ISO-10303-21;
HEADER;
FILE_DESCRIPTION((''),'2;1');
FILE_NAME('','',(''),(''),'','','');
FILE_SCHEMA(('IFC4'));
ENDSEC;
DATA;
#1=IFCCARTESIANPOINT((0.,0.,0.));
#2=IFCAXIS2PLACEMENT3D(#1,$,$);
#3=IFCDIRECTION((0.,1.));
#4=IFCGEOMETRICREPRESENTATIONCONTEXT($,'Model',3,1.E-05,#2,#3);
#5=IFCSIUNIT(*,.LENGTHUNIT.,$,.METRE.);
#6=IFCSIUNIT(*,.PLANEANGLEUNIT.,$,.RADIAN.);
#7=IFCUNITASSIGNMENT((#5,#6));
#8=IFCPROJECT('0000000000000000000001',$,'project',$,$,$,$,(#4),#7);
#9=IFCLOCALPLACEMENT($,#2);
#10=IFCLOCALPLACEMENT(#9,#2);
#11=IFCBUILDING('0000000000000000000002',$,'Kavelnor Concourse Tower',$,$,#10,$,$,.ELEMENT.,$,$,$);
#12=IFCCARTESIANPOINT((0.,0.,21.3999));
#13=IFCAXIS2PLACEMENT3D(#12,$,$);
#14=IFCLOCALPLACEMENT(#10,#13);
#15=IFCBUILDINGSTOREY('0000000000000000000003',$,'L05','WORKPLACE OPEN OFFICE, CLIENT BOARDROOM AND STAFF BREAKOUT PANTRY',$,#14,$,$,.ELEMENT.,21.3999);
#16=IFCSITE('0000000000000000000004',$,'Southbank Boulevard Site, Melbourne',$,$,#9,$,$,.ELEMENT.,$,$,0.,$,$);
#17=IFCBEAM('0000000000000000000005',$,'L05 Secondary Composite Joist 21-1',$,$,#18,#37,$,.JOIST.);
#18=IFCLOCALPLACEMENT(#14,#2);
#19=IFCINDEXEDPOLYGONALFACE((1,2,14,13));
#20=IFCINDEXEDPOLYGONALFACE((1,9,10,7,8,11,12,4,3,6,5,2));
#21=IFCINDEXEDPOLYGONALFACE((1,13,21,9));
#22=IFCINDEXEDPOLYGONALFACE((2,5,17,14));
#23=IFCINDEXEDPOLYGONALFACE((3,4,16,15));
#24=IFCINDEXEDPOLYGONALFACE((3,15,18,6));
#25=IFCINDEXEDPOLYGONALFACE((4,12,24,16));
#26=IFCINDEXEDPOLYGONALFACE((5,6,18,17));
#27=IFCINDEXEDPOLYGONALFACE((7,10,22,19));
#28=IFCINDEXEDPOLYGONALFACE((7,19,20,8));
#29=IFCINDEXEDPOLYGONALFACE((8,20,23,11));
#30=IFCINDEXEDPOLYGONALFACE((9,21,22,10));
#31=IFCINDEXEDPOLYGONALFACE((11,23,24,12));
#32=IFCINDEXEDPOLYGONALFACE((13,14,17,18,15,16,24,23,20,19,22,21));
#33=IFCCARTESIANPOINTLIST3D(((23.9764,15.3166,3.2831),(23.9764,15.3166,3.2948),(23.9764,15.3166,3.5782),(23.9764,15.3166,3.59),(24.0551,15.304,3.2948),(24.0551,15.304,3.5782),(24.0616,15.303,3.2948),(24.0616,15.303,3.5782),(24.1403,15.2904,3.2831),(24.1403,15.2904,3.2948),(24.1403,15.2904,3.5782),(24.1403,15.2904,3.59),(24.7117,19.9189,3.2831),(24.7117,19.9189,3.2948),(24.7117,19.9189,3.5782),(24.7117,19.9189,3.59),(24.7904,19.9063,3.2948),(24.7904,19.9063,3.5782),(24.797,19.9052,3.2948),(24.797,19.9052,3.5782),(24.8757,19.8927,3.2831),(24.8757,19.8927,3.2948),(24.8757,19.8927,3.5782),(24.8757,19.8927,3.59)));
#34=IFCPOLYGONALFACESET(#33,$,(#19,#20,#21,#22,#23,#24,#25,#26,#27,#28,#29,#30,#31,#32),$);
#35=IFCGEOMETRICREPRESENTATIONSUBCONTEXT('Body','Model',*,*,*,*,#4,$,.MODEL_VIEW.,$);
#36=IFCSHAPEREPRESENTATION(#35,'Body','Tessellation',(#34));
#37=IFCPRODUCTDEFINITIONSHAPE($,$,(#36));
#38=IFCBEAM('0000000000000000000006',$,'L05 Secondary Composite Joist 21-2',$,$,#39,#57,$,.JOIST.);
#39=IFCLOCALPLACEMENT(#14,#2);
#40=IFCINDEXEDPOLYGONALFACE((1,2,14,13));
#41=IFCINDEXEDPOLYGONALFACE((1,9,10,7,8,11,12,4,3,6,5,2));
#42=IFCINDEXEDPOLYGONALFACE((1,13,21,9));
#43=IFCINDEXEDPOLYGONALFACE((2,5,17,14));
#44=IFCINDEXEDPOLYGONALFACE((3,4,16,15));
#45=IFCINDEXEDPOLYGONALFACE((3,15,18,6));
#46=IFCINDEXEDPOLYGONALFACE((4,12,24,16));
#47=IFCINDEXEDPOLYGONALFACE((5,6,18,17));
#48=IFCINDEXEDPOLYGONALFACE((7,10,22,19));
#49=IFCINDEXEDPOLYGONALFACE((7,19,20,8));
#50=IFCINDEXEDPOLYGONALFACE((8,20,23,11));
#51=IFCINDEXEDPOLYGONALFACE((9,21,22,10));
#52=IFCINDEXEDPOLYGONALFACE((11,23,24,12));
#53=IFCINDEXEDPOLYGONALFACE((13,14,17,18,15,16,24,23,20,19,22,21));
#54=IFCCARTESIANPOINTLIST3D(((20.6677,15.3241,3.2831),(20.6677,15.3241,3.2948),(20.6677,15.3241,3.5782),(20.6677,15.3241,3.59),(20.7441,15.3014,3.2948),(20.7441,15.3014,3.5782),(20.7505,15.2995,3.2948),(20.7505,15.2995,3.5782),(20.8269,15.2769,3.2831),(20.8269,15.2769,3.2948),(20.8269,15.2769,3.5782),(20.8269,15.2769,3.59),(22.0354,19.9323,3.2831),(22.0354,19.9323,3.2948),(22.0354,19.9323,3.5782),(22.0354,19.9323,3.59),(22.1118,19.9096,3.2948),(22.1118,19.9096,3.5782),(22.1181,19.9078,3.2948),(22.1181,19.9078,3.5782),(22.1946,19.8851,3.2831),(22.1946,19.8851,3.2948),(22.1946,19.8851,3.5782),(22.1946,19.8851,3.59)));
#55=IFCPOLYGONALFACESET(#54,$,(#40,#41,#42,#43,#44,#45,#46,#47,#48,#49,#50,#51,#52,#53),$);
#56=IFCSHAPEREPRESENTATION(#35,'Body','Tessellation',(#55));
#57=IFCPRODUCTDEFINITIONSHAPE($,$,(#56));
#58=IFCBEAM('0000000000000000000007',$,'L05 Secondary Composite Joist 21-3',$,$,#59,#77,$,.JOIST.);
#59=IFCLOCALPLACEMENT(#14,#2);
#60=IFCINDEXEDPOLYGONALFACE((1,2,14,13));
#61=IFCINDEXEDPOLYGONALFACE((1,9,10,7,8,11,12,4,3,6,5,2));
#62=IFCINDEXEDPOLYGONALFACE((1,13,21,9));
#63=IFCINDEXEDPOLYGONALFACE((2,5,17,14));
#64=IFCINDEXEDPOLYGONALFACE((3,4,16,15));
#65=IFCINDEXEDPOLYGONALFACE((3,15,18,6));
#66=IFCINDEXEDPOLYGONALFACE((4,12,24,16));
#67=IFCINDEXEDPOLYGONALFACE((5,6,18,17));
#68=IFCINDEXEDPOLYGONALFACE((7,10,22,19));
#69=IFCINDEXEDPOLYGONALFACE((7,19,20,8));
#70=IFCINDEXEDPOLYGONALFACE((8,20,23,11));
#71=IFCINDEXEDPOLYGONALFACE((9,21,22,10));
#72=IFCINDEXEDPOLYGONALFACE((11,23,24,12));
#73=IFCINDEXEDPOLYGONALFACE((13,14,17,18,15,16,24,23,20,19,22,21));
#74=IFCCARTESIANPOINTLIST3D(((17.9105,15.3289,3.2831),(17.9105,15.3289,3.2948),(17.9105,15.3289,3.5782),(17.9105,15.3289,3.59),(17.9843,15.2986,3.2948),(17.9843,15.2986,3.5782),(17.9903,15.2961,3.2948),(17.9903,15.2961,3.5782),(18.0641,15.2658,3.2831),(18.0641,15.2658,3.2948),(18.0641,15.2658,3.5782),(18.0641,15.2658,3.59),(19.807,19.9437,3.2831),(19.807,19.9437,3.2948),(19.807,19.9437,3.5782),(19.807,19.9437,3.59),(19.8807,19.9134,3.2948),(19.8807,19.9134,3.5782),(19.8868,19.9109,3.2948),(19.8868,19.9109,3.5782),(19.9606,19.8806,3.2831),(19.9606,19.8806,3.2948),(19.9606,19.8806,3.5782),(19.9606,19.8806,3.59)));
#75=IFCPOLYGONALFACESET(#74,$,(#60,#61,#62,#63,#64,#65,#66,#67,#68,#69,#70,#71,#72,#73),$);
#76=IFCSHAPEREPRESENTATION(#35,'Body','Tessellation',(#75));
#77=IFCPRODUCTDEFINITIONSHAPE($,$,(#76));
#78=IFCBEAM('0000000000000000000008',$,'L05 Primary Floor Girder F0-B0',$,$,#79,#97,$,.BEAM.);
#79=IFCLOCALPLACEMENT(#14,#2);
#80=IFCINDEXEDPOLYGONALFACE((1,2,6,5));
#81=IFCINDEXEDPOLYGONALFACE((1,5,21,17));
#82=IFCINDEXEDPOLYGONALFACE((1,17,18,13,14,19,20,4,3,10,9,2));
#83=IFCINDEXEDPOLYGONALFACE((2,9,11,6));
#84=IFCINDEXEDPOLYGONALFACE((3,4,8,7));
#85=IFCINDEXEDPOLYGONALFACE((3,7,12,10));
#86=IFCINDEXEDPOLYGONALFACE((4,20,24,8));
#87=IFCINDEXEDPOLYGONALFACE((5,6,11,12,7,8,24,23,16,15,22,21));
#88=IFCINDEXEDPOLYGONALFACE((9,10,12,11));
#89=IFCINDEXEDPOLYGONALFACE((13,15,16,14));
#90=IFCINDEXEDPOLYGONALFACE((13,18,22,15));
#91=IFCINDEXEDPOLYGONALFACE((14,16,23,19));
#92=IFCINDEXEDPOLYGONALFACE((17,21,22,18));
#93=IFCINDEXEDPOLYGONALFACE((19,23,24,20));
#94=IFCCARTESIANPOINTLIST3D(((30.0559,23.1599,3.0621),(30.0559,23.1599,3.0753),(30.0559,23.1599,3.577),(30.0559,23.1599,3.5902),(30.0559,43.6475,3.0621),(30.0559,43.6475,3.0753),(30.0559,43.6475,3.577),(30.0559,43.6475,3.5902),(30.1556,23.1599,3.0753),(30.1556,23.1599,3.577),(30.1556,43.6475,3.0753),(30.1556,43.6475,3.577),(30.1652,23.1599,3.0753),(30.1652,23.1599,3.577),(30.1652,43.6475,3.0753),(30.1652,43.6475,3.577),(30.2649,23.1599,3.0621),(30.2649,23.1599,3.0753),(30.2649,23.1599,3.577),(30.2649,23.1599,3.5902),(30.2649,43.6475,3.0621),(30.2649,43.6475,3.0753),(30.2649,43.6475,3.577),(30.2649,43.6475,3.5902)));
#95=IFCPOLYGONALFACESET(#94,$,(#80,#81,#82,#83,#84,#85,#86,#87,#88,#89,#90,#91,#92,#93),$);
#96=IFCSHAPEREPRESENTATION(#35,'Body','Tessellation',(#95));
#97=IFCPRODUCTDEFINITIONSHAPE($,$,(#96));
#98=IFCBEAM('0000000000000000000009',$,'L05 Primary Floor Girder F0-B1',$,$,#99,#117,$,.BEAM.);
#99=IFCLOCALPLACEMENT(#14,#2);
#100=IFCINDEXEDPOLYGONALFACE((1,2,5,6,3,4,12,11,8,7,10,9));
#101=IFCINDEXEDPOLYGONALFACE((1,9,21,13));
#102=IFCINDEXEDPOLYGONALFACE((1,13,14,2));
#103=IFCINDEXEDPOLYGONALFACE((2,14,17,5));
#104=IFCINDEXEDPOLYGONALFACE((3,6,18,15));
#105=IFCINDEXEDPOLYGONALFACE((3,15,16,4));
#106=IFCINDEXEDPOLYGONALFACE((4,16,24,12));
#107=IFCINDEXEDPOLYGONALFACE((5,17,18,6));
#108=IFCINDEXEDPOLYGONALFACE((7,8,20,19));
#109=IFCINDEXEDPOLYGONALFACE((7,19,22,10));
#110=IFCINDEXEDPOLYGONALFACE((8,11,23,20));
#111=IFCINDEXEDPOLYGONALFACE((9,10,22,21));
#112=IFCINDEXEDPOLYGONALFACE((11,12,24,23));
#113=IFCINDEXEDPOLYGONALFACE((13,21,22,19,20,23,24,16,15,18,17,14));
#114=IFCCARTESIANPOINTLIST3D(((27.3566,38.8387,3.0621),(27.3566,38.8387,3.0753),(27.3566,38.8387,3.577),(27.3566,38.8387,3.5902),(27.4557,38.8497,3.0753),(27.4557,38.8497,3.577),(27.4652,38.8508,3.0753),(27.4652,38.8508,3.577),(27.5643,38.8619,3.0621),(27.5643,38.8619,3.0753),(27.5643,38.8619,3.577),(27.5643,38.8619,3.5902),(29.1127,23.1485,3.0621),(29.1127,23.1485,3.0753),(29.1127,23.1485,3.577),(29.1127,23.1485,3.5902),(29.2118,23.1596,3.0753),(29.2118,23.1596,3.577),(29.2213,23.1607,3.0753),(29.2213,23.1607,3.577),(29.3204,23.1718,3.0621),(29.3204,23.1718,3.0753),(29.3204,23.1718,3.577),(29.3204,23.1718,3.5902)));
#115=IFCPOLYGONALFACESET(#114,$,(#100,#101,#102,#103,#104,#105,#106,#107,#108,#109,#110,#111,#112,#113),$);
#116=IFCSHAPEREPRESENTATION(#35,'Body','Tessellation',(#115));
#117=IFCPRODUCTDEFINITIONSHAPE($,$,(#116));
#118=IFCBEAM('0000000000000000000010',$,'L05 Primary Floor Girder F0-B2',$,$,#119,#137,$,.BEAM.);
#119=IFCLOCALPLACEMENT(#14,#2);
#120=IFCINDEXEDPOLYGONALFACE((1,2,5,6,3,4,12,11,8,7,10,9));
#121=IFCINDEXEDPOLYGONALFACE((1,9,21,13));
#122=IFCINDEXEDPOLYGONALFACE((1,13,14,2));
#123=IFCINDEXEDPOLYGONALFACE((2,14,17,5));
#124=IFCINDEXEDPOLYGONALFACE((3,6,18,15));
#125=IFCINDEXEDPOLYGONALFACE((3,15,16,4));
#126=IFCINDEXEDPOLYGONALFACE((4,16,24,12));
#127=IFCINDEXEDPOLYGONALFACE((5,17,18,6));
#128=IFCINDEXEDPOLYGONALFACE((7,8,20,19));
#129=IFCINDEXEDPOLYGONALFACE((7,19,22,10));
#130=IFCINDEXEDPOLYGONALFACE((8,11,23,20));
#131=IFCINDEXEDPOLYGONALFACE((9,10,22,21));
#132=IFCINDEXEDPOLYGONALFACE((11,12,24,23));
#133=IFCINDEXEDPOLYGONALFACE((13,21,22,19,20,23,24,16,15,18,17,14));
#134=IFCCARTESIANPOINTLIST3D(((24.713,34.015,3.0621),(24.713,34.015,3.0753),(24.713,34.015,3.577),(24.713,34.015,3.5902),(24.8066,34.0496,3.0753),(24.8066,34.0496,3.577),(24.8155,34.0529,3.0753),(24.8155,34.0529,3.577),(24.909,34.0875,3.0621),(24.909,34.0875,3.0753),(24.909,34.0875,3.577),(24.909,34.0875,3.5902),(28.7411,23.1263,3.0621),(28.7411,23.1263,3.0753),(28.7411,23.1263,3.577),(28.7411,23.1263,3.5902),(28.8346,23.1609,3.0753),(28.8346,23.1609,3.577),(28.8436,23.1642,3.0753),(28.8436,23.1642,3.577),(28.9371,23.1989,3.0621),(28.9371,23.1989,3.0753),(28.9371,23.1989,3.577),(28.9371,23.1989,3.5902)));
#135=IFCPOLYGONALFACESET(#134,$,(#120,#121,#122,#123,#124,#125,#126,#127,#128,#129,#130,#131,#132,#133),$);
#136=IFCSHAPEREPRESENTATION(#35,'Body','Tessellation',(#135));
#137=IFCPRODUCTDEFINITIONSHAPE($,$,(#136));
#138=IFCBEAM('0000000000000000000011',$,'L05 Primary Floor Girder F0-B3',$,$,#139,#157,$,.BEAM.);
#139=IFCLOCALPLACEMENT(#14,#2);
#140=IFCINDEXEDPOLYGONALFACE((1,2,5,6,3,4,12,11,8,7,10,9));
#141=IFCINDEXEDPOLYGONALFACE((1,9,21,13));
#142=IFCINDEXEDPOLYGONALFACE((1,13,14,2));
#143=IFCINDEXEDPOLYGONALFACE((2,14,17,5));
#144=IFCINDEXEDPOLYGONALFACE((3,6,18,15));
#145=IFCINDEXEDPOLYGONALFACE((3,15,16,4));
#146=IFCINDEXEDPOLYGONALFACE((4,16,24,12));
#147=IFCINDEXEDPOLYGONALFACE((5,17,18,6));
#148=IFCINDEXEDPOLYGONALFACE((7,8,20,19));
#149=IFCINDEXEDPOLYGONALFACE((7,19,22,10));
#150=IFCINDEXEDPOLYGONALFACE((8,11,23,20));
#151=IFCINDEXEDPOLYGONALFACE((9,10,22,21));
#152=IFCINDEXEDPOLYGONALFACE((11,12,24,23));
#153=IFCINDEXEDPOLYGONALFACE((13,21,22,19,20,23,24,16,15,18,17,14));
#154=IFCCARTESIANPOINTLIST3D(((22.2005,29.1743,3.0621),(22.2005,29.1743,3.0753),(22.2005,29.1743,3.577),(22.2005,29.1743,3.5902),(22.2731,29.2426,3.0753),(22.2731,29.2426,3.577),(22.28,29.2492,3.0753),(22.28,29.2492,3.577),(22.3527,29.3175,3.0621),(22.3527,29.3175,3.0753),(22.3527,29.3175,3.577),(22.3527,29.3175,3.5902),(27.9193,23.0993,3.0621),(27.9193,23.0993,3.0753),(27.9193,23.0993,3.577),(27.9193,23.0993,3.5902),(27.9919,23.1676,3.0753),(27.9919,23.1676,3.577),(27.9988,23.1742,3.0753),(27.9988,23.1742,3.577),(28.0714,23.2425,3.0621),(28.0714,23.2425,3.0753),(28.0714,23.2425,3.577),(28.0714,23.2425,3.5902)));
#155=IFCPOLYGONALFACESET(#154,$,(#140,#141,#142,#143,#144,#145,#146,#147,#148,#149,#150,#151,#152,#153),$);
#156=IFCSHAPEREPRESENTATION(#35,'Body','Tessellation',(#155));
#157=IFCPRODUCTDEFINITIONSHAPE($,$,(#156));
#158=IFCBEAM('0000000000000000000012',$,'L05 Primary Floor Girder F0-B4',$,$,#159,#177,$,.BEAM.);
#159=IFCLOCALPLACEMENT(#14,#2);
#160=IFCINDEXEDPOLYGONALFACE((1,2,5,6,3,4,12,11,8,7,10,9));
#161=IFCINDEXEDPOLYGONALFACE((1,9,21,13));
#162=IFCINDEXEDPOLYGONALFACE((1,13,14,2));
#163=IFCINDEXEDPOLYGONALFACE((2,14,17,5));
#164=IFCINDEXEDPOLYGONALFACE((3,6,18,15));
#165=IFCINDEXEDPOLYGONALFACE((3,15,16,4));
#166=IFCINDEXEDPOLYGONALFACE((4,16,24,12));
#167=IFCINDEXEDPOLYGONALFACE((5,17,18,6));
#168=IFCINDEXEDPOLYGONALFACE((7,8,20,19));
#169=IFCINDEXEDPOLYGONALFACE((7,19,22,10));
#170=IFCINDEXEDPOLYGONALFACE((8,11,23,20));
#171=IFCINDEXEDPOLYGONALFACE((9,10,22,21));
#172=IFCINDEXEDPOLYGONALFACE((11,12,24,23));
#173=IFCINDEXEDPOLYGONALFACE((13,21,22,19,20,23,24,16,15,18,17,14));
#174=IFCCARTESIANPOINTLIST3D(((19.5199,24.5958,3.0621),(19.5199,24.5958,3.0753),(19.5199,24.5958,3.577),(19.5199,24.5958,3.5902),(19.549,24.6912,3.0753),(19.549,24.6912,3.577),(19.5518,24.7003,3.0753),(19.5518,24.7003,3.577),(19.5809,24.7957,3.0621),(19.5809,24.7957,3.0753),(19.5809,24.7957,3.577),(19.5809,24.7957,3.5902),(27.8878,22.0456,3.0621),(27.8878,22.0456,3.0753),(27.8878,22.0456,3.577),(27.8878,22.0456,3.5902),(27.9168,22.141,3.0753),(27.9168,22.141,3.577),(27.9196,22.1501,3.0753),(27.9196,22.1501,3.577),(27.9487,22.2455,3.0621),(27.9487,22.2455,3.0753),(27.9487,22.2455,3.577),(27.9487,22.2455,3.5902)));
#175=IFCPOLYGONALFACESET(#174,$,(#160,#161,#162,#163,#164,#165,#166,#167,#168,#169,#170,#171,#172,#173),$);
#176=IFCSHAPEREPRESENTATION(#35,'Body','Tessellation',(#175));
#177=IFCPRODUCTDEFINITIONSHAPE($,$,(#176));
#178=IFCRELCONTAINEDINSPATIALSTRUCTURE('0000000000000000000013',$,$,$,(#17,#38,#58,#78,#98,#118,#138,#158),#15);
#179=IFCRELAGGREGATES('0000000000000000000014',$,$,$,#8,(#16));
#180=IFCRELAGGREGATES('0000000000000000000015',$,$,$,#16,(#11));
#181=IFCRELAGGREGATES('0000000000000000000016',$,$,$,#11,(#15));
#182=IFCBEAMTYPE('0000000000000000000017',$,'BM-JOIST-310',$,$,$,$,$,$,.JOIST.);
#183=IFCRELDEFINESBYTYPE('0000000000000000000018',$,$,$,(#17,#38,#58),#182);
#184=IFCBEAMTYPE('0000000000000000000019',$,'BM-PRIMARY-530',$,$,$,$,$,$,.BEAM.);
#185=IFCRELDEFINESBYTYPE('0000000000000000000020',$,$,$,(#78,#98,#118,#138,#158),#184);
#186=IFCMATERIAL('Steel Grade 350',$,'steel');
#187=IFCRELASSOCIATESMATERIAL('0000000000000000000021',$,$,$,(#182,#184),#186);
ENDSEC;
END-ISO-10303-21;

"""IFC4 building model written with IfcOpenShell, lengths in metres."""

from ifc_helpers import new_model, si_unit, direction, frame, origin, origin_2d, place, context, subcontext, project, spatial, i_section, extrude, material, material_profile, profile_set, type_object, element, save


model = new_model("IFC4")

# Units and contexts
model_context = context("Model", 3, precision=1e-05, world=origin(), true_north=direction((0.0, 1.0)))
body_context = subcontext(model_context, "Body", "Model", "MODEL_VIEW")
ifc_project = project(units=[si_unit("LENGTHUNIT", "METRE"), si_unit("PLANEANGLEUNIT", "RADIAN")], contexts=[model_context])

# Site, building, storey
site_placement = place(None, origin())
site = spatial("IfcSite", under=ifc_project, at=site_placement, Name="Southbank Boulevard Site, Melbourne", CompositionType="ELEMENT", RefElevation=0.0)
building_placement = place(site_placement, origin())
building = spatial("IfcBuilding", under=site, at=building_placement, Name="Kavelnor Concourse Tower", CompositionType="ELEMENT")
storey_placement = place(building_placement, frame((0.0, 0.0, 21.3999)))
storey = spatial("IfcBuildingStorey", under=building, at=storey_placement, Name="L05", Description="WORKPLACE OPEN OFFICE, CLIENT BOARDROOM AND STAFF BREAKOUT PANTRY", CompositionType="ELEMENT", Elevation=21.3999)

# Shared definitions
ifc_material_1 = material(Name="Steel Grade 350", Category="steel")

# Beams
ifc_material_profile_1 = material_profile(ifc_material_1, i_section(OverallWidth=0.166, OverallDepth=0.3069, WebThickness=0.0066, FlangeThickness=0.0117, at=origin_2d()), Name="310UB46")
ifc_profile_set_1 = profile_set([ifc_material_profile_1], Name="Steel Grade 350")
beam_type_1 = type_object("IfcBeamType", Name="BM-JOIST-310", PredefinedType="JOIST", material=ifc_profile_set_1)
beam_1_placement = place(storey_placement, frame((24.7937, 19.9058, 3.4365), z_axis=(-0.157778, -0.987475, 0.0), x_axis=(0.987475, -0.157778, 0.0)))
element("IfcBeam", 1, at=beam_1_placement, inside=storey, type_object=beam_type_1, Name="L05 Secondary Composite Joist 21-1", PredefinedType="JOIST", context=body_context, shape_type="SweptSolid", body=[
    extrude(i_section(OverallWidth=0.166, OverallDepth=0.3069, WebThickness=0.0066, FlangeThickness=0.0117, at=origin_2d()), origin(), (0.0, 0.0, 1.0), 4.6606),
])
beam_2_placement = place(storey_placement, frame((22.115, 19.9087, 3.4365), z_axis=(-0.284528, -0.958668, 0.0), x_axis=(0.958668, -0.284528, 0.0)))
element("IfcBeam", 2, at=beam_2_placement, inside=storey, type_object=beam_type_1, Name="L05 Secondary Composite Joist 21-2", PredefinedType="JOIST", context=body_context, shape_type="SweptSolid", body=[
    extrude(i_section(OverallWidth=0.166, OverallDepth=0.3069, WebThickness=0.0066, FlangeThickness=0.0117, at=origin_2d()), origin(), (0.0, 0.0, 1.0), 4.8069),
])
beam_3_placement = place(storey_placement, frame((19.8838, 19.9121, 3.4365), z_axis=(-0.380115, -0.924939, 0.0), x_axis=(0.924939, -0.380115, 0.0)))
element("IfcBeam", 3, at=beam_3_placement, inside=storey, type_object=beam_type_1, Name="L05 Secondary Composite Joist 21-3", PredefinedType="JOIST", context=body_context, shape_type="SweptSolid", body=[
    extrude(i_section(OverallWidth=0.166, OverallDepth=0.3069, WebThickness=0.0066, FlangeThickness=0.0117, at=origin_2d()), origin(), (0.0, 0.0, 1.0), 4.9893),
])
ifc_material_profile_2 = material_profile(ifc_material_1, i_section(OverallWidth=0.209, OverallDepth=0.5281, WebThickness=0.0095, FlangeThickness=0.0132, at=origin_2d()), Name="530UB82")
ifc_profile_set_2 = profile_set([ifc_material_profile_2], Name="Steel Grade 350")
beam_type_2 = type_object("IfcBeamType", Name="BM-PRIMARY-530", PredefinedType="BEAM", material=ifc_profile_set_2)
beam_4_placement = place(storey_placement, frame((30.1604, 23.1599, 3.3262), z_axis=(0.0, 1.0, 0.0), x_axis=(-1.0, 0.0, 0.0)))
element("IfcBeam", 4, at=beam_4_placement, inside=storey, type_object=beam_type_2, Name="L05 Primary Floor Girder F0-B0", PredefinedType="BEAM", context=body_context, shape_type="SweptSolid", body=[
    extrude(i_section(OverallWidth=0.209, OverallDepth=0.5281, WebThickness=0.0095, FlangeThickness=0.0132, at=origin_2d()), origin(), (0.0, 0.0, 1.0), 20.4875),
])
beam_5_placement = place(storey_placement, frame((29.2166, 23.1602, 3.3262), z_axis=(-0.111229, 0.993795, 0.0), x_axis=(-0.993795, -0.111229, 0.0)))
element("IfcBeam", 5, at=beam_5_placement, inside=storey, type_object=beam_type_2, Name="L05 Primary Floor Girder F0-B1", PredefinedType="BEAM", context=body_context, shape_type="SweptSolid", body=[
    extrude(i_section(OverallWidth=0.209, OverallDepth=0.5281, WebThickness=0.0095, FlangeThickness=0.0132, at=origin_2d()), origin(), (0.0, 0.0, 1.0), 15.7881),
])
beam_6_placement = place(storey_placement, frame((28.8391, 23.1626, 3.3262), z_axis=(-0.346953, 0.937882, 0.0), x_axis=(-0.937882, -0.346953, 0.0)))
element("IfcBeam", 6, at=beam_6_placement, inside=storey, type_object=beam_type_2, Name="L05 Primary Floor Girder F0-B2", PredefinedType="BEAM", context=body_context, shape_type="SweptSolid", body=[
    extrude(i_section(OverallWidth=0.209, OverallDepth=0.5281, WebThickness=0.0095, FlangeThickness=0.0132, at=origin_2d()), origin(), (0.0, 0.0, 1.0), 11.6099),
])
beam_7_placement = place(storey_placement, frame((27.9954, 23.1709, 3.3262), z_axis=(-0.685438, 0.728131, 0.0), x_axis=(-0.728131, -0.685438, 0.0)))
element("IfcBeam", 7, at=beam_7_placement, inside=storey, type_object=beam_type_2, Name="L05 Primary Floor Girder F0-B3", PredefinedType="BEAM", context=body_context, shape_type="SweptSolid", body=[
    extrude(i_section(OverallWidth=0.209, OverallDepth=0.5281, WebThickness=0.0095, FlangeThickness=0.0132, at=origin_2d()), origin(), (0.0, 0.0, 1.0), 8.3433),
])
beam_8_placement = place(storey_placement, frame((27.9182, 22.1455, 3.3262), z_axis=(-0.956561, 0.291531, 0.0), x_axis=(-0.291531, -0.956561, 0.0)))
element("IfcBeam", 8, at=beam_8_placement, inside=storey, type_object=beam_type_2, Name="L05 Primary Floor Girder F0-B4", PredefinedType="BEAM", context=body_context, shape_type="SweptSolid", body=[
    extrude(i_section(OverallWidth=0.209, OverallDepth=0.5281, WebThickness=0.0095, FlangeThickness=0.0132, at=origin_2d()), origin(), (0.0, 0.0, 1.0), 8.7478),
])

save(model, "model.ifc")
